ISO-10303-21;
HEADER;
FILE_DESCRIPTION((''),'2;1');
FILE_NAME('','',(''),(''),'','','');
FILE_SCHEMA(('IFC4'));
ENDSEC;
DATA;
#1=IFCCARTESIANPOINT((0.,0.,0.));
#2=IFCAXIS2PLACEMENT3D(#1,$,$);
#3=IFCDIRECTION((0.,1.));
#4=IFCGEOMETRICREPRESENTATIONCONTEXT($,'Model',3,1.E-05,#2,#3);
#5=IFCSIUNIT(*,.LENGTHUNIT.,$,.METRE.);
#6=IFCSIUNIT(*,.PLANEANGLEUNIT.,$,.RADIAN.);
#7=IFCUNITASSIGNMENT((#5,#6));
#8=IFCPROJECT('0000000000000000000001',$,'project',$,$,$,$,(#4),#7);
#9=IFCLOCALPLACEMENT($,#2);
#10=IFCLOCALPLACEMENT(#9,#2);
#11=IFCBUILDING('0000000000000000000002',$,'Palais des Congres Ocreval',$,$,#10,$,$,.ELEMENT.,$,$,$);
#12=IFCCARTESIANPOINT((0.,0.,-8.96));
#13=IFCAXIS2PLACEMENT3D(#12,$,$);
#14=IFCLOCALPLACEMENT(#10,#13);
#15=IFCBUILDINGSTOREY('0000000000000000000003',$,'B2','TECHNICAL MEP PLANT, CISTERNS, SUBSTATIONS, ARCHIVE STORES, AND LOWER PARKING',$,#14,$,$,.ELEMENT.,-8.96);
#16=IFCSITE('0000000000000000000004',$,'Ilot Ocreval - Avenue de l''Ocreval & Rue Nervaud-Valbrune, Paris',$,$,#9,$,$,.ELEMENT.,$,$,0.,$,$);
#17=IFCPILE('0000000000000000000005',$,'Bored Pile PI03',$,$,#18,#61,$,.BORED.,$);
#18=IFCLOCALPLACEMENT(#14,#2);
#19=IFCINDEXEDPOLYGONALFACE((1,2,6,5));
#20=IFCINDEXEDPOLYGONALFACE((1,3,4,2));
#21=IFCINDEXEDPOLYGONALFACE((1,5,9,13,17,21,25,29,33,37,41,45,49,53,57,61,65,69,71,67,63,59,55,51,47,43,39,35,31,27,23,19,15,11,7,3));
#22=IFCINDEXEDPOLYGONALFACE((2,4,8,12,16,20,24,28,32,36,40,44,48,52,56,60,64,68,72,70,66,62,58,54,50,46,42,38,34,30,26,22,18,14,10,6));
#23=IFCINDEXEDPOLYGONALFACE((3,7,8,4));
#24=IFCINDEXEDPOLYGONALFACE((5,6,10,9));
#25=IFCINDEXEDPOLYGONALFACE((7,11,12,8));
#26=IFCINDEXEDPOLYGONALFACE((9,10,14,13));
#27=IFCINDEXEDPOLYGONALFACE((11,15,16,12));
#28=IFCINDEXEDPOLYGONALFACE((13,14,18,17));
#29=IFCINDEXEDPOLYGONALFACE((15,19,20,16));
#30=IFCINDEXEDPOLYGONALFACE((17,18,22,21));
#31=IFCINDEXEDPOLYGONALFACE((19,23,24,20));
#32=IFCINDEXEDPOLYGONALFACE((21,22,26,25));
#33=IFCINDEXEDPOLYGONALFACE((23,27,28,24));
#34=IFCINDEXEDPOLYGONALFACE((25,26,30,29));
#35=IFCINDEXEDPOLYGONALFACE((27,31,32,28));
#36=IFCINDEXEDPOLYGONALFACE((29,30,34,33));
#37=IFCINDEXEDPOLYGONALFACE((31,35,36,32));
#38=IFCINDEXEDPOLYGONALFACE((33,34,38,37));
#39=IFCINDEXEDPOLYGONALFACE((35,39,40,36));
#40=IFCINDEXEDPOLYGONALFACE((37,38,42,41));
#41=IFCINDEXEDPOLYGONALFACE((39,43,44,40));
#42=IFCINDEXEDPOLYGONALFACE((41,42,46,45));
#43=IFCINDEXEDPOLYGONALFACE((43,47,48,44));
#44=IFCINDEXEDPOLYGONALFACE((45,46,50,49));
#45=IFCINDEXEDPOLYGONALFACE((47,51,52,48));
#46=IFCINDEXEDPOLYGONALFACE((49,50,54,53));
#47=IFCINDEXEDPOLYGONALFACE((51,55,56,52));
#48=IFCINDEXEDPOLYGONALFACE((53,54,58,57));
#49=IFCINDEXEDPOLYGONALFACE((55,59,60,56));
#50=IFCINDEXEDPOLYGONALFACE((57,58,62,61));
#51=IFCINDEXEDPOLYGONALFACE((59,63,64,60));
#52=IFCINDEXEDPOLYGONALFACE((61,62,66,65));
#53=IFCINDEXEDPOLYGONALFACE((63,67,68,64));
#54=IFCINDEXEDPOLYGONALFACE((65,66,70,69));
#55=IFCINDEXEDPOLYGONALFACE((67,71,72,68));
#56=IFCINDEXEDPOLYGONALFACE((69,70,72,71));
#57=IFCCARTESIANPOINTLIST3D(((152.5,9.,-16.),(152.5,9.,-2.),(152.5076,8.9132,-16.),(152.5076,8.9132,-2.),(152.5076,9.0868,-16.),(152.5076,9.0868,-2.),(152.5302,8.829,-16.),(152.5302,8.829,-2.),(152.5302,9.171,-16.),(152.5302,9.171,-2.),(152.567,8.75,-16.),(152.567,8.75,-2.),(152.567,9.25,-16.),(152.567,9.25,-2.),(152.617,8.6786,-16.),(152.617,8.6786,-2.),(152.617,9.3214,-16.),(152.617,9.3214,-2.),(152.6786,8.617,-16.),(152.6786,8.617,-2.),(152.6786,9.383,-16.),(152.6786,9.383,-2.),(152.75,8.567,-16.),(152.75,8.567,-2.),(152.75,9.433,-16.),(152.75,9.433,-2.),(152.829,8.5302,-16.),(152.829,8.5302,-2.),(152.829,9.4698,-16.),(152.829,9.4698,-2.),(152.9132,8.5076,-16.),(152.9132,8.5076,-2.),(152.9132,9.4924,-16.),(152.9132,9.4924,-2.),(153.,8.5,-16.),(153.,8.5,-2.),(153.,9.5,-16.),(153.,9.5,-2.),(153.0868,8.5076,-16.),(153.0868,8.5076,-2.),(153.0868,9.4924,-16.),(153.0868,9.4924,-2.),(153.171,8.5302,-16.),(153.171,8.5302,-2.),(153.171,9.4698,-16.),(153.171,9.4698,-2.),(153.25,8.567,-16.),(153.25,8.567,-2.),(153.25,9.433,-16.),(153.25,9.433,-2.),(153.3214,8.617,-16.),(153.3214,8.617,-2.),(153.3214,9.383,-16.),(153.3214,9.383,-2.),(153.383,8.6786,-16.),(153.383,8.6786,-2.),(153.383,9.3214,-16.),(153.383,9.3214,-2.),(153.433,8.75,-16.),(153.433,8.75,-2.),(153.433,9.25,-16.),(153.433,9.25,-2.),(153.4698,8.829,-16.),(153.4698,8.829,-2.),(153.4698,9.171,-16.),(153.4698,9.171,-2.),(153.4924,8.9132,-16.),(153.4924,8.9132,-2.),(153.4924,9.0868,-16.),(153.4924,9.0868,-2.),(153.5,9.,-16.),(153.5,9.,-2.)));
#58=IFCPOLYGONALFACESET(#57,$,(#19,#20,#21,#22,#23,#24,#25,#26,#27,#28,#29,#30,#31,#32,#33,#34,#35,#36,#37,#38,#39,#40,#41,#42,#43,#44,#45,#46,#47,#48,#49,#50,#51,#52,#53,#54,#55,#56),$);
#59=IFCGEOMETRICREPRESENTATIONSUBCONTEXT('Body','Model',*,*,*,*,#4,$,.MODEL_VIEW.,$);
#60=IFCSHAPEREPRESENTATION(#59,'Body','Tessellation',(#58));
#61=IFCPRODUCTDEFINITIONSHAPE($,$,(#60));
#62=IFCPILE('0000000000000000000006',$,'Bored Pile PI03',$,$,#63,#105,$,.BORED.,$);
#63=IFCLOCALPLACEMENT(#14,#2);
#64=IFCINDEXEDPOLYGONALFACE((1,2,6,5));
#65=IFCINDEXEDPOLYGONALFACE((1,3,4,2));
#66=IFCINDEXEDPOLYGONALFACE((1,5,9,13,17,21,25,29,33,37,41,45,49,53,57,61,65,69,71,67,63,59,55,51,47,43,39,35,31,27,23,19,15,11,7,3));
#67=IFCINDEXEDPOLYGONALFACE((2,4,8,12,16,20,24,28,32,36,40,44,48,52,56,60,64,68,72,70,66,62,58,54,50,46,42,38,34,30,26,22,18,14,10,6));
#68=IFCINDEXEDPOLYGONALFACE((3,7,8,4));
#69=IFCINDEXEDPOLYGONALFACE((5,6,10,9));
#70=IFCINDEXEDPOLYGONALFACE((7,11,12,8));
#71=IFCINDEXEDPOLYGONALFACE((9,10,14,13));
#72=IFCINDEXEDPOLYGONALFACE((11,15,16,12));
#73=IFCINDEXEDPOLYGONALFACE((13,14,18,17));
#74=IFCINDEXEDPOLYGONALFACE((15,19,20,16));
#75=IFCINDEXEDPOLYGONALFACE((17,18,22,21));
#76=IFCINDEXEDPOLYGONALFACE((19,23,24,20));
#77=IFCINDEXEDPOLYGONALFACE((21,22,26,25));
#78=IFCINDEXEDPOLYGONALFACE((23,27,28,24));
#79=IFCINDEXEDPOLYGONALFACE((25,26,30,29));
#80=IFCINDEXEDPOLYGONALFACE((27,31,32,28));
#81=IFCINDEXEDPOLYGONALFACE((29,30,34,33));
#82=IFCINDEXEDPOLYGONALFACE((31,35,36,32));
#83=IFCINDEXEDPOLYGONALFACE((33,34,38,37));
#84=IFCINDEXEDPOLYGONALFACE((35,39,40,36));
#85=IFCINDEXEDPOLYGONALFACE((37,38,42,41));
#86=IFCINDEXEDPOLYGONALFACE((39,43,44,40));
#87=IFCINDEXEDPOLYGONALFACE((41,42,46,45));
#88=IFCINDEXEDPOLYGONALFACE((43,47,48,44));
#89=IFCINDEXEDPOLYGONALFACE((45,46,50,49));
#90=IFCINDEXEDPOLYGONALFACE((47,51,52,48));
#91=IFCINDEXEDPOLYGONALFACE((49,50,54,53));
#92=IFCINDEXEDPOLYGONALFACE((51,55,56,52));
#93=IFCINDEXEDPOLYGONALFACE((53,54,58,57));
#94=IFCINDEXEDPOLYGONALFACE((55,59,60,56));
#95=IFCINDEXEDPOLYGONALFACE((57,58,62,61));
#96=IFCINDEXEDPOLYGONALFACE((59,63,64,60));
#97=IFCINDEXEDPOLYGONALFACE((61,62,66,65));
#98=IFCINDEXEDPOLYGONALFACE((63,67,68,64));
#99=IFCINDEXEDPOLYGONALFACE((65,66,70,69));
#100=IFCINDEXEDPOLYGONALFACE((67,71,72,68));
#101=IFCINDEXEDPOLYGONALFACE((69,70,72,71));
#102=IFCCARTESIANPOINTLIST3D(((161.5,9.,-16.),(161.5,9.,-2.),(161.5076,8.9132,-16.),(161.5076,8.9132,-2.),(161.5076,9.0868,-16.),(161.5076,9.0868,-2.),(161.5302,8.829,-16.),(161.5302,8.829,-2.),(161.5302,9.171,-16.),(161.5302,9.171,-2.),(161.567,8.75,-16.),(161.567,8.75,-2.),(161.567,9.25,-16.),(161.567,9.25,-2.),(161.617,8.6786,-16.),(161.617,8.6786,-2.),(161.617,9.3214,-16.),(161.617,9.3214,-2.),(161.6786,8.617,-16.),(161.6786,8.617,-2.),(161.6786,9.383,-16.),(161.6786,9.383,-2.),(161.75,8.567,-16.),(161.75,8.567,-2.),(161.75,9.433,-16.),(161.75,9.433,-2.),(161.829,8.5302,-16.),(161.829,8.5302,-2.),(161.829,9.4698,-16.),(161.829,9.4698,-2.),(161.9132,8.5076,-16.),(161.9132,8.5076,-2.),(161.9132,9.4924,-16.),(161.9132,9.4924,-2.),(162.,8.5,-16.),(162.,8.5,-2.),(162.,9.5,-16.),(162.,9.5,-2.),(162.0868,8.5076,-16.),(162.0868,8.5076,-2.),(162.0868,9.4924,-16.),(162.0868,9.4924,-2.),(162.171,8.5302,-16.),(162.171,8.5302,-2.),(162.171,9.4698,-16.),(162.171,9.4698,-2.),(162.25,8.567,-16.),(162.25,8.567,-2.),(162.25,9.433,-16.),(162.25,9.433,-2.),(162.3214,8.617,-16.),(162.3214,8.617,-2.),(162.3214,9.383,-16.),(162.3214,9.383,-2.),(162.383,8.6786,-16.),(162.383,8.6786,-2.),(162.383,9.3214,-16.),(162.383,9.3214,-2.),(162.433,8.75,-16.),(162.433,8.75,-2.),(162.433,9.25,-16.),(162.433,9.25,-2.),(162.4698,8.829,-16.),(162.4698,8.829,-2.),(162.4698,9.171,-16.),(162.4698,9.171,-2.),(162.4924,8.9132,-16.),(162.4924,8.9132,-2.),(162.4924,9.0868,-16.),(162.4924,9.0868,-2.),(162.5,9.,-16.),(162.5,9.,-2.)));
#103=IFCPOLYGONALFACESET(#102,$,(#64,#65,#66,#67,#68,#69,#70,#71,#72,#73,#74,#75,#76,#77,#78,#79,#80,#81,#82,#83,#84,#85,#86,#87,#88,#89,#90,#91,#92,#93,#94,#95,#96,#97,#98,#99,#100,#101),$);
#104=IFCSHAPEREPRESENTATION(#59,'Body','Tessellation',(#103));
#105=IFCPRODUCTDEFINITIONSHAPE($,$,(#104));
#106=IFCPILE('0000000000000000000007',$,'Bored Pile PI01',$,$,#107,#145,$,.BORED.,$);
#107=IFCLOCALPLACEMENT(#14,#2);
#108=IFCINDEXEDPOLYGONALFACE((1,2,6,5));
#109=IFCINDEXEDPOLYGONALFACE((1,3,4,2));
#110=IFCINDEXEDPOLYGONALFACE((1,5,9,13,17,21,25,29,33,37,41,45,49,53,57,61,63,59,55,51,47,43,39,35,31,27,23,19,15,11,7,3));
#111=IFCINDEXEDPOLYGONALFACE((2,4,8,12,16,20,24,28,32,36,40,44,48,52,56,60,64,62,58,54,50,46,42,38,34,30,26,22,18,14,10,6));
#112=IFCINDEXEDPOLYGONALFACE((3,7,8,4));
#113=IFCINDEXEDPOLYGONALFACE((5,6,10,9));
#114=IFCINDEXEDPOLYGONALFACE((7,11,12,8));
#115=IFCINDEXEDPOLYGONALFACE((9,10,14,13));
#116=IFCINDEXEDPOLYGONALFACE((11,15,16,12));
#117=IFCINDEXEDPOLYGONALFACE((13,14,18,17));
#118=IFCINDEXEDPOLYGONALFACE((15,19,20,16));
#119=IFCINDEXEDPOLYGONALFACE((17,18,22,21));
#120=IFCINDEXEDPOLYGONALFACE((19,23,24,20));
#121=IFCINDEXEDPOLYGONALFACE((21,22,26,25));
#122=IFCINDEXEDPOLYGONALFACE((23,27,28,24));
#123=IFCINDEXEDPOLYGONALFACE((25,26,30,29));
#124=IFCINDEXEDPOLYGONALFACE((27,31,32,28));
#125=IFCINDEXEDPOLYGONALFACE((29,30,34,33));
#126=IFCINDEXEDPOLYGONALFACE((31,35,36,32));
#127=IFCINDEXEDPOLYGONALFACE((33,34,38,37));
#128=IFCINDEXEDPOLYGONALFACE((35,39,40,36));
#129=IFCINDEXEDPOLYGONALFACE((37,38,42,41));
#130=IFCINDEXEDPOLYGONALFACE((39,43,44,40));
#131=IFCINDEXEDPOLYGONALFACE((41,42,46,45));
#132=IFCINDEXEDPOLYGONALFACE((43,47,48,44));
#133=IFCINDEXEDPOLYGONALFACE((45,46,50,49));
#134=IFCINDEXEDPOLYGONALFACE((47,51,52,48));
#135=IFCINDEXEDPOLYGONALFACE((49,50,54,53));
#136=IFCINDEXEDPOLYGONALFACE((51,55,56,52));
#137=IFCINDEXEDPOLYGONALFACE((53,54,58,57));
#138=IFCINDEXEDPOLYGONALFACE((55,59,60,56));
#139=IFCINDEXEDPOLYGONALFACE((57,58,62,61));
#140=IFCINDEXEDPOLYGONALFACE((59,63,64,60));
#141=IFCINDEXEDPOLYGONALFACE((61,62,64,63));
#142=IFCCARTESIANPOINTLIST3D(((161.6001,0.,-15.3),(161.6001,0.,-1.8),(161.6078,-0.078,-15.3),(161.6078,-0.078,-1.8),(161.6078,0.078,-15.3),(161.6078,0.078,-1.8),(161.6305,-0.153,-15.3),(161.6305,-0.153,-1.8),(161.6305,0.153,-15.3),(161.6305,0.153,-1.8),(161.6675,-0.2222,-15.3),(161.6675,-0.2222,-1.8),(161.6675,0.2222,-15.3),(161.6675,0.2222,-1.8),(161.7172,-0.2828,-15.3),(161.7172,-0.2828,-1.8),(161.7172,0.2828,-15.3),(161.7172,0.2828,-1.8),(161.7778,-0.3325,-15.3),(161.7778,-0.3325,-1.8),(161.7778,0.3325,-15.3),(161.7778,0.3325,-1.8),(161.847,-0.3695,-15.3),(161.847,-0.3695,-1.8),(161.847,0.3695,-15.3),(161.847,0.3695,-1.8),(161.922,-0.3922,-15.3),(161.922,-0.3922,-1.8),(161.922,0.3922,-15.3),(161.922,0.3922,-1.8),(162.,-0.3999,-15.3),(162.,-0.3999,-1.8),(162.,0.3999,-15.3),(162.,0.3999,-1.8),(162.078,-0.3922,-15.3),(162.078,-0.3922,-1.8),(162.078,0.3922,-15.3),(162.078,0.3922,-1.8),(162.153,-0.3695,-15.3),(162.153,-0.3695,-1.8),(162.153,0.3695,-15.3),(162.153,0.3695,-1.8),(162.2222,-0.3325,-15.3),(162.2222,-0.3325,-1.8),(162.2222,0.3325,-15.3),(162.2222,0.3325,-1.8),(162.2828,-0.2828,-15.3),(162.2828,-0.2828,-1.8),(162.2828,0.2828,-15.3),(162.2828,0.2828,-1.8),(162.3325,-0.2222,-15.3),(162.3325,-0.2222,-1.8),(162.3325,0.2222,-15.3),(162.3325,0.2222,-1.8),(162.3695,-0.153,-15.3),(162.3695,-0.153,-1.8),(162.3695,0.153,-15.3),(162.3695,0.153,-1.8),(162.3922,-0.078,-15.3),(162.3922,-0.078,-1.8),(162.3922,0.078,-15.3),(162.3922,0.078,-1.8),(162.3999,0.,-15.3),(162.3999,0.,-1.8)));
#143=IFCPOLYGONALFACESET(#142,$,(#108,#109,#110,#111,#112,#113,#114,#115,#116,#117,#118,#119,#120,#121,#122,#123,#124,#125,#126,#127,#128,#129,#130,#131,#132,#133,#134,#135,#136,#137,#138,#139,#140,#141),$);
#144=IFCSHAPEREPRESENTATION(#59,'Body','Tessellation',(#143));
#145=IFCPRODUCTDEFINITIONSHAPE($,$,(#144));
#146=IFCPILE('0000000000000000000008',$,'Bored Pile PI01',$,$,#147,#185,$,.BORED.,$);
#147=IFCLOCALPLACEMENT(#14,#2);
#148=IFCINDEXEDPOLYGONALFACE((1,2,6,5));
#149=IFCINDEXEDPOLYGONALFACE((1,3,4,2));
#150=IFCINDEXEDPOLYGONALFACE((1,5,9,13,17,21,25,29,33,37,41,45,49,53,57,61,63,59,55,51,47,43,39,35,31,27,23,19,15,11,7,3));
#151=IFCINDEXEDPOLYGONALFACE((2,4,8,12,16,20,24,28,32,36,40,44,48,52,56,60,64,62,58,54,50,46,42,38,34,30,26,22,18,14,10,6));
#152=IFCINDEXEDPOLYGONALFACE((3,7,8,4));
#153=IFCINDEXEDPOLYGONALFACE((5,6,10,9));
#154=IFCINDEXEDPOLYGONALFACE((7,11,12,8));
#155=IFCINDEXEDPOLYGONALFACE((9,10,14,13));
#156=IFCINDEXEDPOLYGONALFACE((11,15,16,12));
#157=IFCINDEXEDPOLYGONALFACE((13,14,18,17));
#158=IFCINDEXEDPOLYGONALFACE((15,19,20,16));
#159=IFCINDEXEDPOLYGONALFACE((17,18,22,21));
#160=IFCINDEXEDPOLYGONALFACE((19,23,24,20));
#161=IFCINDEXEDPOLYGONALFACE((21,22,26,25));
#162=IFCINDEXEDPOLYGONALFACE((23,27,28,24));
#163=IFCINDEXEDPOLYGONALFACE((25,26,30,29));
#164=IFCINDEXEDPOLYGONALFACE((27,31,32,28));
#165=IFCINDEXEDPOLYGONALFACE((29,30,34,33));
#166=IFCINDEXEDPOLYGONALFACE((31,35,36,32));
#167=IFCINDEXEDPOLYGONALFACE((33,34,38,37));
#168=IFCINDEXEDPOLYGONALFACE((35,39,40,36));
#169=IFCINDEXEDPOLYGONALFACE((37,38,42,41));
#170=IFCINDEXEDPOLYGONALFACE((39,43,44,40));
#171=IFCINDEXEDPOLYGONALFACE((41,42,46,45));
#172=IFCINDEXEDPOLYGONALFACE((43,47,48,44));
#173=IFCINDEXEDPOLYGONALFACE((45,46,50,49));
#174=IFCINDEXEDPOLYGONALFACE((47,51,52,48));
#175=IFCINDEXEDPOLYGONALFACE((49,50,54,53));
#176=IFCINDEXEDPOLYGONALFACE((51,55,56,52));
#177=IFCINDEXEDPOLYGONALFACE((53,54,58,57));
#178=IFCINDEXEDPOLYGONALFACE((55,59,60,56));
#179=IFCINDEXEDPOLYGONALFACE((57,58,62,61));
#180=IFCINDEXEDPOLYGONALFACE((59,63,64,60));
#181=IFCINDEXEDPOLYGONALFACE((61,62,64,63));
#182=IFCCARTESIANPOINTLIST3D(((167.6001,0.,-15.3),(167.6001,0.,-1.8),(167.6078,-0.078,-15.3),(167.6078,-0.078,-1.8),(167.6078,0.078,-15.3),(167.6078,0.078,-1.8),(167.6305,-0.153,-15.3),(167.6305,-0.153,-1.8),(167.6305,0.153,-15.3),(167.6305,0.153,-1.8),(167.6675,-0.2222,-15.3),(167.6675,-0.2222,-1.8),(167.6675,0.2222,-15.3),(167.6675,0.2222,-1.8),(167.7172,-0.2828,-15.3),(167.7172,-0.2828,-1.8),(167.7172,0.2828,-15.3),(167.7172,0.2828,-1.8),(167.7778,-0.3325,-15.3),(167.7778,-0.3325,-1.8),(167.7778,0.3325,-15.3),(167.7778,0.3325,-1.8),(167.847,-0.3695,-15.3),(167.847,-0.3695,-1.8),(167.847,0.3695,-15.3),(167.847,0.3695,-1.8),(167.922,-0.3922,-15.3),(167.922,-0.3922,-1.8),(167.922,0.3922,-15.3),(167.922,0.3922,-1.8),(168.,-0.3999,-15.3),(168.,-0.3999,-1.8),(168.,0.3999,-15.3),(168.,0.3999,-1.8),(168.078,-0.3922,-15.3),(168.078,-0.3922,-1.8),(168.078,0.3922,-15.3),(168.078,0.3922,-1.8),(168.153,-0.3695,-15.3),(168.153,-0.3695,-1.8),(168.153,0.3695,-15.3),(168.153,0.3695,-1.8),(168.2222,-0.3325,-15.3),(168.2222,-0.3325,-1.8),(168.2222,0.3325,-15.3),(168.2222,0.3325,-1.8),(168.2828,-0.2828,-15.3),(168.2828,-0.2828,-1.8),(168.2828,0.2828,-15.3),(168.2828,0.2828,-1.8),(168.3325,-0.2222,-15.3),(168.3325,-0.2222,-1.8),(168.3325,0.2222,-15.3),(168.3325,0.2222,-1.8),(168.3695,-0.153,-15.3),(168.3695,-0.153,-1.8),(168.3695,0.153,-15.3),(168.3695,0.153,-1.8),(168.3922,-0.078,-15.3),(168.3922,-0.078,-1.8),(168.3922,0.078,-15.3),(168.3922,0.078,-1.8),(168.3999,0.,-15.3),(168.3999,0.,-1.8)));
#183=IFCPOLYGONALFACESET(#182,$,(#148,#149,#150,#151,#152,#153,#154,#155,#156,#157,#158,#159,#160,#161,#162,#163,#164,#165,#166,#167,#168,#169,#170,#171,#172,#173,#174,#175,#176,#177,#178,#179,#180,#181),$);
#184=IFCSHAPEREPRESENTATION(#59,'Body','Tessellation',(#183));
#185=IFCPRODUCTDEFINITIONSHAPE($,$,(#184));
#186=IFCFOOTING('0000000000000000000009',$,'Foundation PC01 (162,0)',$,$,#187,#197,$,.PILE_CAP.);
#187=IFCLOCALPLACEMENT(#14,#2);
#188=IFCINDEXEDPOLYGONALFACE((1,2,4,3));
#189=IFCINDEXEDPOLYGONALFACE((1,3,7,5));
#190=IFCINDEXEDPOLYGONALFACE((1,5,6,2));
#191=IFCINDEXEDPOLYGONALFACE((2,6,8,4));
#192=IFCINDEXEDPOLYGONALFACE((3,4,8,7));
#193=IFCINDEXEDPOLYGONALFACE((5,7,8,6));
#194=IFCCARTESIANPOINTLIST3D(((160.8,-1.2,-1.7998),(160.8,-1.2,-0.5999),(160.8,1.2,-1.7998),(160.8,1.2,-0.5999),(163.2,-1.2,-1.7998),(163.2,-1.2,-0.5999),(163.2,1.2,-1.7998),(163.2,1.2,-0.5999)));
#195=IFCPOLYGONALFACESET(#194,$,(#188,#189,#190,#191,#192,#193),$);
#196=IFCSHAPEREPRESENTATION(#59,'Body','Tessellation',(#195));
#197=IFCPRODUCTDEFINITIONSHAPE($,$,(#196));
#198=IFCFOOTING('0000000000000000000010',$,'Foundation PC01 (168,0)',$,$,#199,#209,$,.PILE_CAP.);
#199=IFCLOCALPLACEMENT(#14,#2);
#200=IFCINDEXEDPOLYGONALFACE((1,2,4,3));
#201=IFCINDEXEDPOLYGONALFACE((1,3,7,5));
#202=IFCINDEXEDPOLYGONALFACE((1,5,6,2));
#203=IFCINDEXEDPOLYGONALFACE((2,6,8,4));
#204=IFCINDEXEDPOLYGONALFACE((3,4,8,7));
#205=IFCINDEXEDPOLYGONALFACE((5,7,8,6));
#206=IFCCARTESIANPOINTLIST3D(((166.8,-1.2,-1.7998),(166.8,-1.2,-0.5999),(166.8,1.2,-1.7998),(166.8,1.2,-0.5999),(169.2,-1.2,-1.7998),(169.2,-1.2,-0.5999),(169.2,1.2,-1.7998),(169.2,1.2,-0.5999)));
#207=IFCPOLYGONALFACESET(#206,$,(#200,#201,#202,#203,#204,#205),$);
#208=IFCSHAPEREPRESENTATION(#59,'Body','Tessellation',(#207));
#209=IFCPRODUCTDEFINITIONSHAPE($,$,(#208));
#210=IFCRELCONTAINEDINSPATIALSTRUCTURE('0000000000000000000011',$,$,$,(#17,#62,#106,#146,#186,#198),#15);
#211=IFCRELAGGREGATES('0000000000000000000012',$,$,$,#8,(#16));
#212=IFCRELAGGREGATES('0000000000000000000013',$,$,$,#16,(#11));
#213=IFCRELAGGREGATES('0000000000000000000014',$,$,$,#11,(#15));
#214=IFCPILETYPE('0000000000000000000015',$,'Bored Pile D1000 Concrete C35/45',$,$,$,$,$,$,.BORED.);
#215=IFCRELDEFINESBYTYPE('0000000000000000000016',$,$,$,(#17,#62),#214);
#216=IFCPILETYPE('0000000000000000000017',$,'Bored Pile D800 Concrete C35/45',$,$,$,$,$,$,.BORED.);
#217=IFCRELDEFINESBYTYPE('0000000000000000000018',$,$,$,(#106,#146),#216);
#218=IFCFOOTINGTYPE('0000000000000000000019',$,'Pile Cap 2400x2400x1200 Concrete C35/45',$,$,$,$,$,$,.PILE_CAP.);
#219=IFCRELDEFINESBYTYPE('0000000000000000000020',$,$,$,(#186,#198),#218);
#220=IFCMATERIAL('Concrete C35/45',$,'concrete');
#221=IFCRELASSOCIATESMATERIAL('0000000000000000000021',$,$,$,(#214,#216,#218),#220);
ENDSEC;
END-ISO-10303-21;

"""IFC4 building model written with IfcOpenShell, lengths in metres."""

from ifc_helpers import new_model, si_unit, direction, frame, origin, origin_2d, place, context, subcontext, project, spatial, rectangle, circle, extrude, material, material_profile, profile_set, type_object, element, save


model = new_model("IFC4")

# Units and contexts
model_context = context("Model", 3, precision=1e-05, world=origin(), true_north=direction((0.0, 1.0)))
body_context = subcontext(model_context, "Body", "Model", "MODEL_VIEW")
ifc_project = project(units=[si_unit("LENGTHUNIT", "METRE"), si_unit("PLANEANGLEUNIT", "RADIAN")], contexts=[model_context])

# Site, building, storey
site_placement = place(None, origin())
site = spatial("IfcSite", under=ifc_project, at=site_placement, Name="Ilot Ocreval - Avenue de l'Ocreval & Rue Nervaud-Valbrune, Paris", CompositionType="ELEMENT", RefElevation=0.0)
building_placement = place(site_placement, origin())
building = spatial("IfcBuilding", under=site, at=building_placement, Name="Palais des Congres Ocreval", CompositionType="ELEMENT")
storey_placement = place(building_placement, frame((0.0, 0.0, -8.96)))
storey = spatial("IfcBuildingStorey", under=building, at=storey_placement, Name="B2", Description="TECHNICAL MEP PLANT, CISTERNS, SUBSTATIONS, ARCHIVE STORES, AND LOWER PARKING", CompositionType="ELEMENT", Elevation=-8.96)

# Piles
ifc_material_1 = material(Name="Concrete C35/45", Category="concrete")
ifc_material_profile_1 = material_profile(ifc_material_1, circle(Radius=0.5, at=origin_2d()), Name="BORED PILE 1000")
ifc_profile_set_1 = profile_set([ifc_material_profile_1], Name="Concrete C35/45")
pile_type_1 = type_object("IfcPileType", Name="Bored Pile D1000 Concrete C35/45", PredefinedType="BORED", material=ifc_profile_set_1)
for number, where, z_axis, x_axis, name in (
    (1, (153.0, 9.0, -2.0), (0.0, 0.0, -1.0), (1.0, 0.0, 0.0), "Bored Pile PI03"),
    (2, (162.0, 9.0, -2.0), (0.0, 0.0, -1.0), (1.0, 0.0, 0.0), "Bored Pile PI03"),
):
    element("IfcPile", number, at=place(storey_placement, frame(where, z_axis=z_axis, x_axis=x_axis)), inside=storey, type_object=pile_type_1, Name=name, PredefinedType="BORED", context=body_context, shape_type="SweptSolid", body=[
        extrude(circle(Radius=0.5, at=origin_2d()), origin(), (0.0, 0.0, 1.0), 14.0),
    ])
ifc_material_profile_2 = material_profile(ifc_material_1, circle(Radius=0.3999, at=origin_2d()), Name="BORED PILE 800")
ifc_profile_set_2 = profile_set([ifc_material_profile_2], Name="Concrete C35/45")
pile_type_2 = type_object("IfcPileType", Name="Bored Pile D800 Concrete C35/45", PredefinedType="BORED", material=ifc_profile_set_2)
for number, where, z_axis, x_axis, name in (
    (3, (162.0, 0.0, -1.8), (0.0, 0.0, -1.0), (1.0, 0.0, 0.0), "Bored Pile PI01"),
    (4, (168.0, 0.0, -1.8), (0.0, 0.0, -1.0), (1.0, 0.0, 0.0), "Bored Pile PI01"),
):
    element("IfcPile", number, at=place(storey_placement, frame(where, z_axis=z_axis, x_axis=x_axis)), inside=storey, type_object=pile_type_2, Name=name, PredefinedType="BORED", context=body_context, shape_type="SweptSolid", body=[
        extrude(circle(Radius=0.3999, at=origin_2d()), origin(), (0.0, 0.0, 1.0), 13.5),
    ])

# Footings
footing_type_1 = type_object("IfcFootingType", Name="Pile Cap 2400x2400x1200 Concrete C35/45", PredefinedType="PILE_CAP", material=ifc_material_1)
for number, where, z_axis, x_axis, name in (
    (5, (162.0, 0.0, -1.7998), (0.0, 0.0, 1.0), (1.0, 0.0, 0.0), "Foundation PC01 (162,0)"),
    (6, (168.0, 0.0, -1.7998), (0.0, 0.0, 1.0), (1.0, 0.0, 0.0), "Foundation PC01 (168,0)"),
):
    element("IfcFooting", number, at=place(storey_placement, frame(where, z_axis=z_axis, x_axis=x_axis)), inside=storey, type_object=footing_type_1, Name=name, PredefinedType="PILE_CAP", context=body_context, shape_type="SweptSolid", body=[
        extrude(rectangle(XDim=2.3999, YDim=2.3999, at=origin_2d()), origin(), (0.0, 0.0, 1.0), 1.2),
    ])

save(model, "model.ifc")
